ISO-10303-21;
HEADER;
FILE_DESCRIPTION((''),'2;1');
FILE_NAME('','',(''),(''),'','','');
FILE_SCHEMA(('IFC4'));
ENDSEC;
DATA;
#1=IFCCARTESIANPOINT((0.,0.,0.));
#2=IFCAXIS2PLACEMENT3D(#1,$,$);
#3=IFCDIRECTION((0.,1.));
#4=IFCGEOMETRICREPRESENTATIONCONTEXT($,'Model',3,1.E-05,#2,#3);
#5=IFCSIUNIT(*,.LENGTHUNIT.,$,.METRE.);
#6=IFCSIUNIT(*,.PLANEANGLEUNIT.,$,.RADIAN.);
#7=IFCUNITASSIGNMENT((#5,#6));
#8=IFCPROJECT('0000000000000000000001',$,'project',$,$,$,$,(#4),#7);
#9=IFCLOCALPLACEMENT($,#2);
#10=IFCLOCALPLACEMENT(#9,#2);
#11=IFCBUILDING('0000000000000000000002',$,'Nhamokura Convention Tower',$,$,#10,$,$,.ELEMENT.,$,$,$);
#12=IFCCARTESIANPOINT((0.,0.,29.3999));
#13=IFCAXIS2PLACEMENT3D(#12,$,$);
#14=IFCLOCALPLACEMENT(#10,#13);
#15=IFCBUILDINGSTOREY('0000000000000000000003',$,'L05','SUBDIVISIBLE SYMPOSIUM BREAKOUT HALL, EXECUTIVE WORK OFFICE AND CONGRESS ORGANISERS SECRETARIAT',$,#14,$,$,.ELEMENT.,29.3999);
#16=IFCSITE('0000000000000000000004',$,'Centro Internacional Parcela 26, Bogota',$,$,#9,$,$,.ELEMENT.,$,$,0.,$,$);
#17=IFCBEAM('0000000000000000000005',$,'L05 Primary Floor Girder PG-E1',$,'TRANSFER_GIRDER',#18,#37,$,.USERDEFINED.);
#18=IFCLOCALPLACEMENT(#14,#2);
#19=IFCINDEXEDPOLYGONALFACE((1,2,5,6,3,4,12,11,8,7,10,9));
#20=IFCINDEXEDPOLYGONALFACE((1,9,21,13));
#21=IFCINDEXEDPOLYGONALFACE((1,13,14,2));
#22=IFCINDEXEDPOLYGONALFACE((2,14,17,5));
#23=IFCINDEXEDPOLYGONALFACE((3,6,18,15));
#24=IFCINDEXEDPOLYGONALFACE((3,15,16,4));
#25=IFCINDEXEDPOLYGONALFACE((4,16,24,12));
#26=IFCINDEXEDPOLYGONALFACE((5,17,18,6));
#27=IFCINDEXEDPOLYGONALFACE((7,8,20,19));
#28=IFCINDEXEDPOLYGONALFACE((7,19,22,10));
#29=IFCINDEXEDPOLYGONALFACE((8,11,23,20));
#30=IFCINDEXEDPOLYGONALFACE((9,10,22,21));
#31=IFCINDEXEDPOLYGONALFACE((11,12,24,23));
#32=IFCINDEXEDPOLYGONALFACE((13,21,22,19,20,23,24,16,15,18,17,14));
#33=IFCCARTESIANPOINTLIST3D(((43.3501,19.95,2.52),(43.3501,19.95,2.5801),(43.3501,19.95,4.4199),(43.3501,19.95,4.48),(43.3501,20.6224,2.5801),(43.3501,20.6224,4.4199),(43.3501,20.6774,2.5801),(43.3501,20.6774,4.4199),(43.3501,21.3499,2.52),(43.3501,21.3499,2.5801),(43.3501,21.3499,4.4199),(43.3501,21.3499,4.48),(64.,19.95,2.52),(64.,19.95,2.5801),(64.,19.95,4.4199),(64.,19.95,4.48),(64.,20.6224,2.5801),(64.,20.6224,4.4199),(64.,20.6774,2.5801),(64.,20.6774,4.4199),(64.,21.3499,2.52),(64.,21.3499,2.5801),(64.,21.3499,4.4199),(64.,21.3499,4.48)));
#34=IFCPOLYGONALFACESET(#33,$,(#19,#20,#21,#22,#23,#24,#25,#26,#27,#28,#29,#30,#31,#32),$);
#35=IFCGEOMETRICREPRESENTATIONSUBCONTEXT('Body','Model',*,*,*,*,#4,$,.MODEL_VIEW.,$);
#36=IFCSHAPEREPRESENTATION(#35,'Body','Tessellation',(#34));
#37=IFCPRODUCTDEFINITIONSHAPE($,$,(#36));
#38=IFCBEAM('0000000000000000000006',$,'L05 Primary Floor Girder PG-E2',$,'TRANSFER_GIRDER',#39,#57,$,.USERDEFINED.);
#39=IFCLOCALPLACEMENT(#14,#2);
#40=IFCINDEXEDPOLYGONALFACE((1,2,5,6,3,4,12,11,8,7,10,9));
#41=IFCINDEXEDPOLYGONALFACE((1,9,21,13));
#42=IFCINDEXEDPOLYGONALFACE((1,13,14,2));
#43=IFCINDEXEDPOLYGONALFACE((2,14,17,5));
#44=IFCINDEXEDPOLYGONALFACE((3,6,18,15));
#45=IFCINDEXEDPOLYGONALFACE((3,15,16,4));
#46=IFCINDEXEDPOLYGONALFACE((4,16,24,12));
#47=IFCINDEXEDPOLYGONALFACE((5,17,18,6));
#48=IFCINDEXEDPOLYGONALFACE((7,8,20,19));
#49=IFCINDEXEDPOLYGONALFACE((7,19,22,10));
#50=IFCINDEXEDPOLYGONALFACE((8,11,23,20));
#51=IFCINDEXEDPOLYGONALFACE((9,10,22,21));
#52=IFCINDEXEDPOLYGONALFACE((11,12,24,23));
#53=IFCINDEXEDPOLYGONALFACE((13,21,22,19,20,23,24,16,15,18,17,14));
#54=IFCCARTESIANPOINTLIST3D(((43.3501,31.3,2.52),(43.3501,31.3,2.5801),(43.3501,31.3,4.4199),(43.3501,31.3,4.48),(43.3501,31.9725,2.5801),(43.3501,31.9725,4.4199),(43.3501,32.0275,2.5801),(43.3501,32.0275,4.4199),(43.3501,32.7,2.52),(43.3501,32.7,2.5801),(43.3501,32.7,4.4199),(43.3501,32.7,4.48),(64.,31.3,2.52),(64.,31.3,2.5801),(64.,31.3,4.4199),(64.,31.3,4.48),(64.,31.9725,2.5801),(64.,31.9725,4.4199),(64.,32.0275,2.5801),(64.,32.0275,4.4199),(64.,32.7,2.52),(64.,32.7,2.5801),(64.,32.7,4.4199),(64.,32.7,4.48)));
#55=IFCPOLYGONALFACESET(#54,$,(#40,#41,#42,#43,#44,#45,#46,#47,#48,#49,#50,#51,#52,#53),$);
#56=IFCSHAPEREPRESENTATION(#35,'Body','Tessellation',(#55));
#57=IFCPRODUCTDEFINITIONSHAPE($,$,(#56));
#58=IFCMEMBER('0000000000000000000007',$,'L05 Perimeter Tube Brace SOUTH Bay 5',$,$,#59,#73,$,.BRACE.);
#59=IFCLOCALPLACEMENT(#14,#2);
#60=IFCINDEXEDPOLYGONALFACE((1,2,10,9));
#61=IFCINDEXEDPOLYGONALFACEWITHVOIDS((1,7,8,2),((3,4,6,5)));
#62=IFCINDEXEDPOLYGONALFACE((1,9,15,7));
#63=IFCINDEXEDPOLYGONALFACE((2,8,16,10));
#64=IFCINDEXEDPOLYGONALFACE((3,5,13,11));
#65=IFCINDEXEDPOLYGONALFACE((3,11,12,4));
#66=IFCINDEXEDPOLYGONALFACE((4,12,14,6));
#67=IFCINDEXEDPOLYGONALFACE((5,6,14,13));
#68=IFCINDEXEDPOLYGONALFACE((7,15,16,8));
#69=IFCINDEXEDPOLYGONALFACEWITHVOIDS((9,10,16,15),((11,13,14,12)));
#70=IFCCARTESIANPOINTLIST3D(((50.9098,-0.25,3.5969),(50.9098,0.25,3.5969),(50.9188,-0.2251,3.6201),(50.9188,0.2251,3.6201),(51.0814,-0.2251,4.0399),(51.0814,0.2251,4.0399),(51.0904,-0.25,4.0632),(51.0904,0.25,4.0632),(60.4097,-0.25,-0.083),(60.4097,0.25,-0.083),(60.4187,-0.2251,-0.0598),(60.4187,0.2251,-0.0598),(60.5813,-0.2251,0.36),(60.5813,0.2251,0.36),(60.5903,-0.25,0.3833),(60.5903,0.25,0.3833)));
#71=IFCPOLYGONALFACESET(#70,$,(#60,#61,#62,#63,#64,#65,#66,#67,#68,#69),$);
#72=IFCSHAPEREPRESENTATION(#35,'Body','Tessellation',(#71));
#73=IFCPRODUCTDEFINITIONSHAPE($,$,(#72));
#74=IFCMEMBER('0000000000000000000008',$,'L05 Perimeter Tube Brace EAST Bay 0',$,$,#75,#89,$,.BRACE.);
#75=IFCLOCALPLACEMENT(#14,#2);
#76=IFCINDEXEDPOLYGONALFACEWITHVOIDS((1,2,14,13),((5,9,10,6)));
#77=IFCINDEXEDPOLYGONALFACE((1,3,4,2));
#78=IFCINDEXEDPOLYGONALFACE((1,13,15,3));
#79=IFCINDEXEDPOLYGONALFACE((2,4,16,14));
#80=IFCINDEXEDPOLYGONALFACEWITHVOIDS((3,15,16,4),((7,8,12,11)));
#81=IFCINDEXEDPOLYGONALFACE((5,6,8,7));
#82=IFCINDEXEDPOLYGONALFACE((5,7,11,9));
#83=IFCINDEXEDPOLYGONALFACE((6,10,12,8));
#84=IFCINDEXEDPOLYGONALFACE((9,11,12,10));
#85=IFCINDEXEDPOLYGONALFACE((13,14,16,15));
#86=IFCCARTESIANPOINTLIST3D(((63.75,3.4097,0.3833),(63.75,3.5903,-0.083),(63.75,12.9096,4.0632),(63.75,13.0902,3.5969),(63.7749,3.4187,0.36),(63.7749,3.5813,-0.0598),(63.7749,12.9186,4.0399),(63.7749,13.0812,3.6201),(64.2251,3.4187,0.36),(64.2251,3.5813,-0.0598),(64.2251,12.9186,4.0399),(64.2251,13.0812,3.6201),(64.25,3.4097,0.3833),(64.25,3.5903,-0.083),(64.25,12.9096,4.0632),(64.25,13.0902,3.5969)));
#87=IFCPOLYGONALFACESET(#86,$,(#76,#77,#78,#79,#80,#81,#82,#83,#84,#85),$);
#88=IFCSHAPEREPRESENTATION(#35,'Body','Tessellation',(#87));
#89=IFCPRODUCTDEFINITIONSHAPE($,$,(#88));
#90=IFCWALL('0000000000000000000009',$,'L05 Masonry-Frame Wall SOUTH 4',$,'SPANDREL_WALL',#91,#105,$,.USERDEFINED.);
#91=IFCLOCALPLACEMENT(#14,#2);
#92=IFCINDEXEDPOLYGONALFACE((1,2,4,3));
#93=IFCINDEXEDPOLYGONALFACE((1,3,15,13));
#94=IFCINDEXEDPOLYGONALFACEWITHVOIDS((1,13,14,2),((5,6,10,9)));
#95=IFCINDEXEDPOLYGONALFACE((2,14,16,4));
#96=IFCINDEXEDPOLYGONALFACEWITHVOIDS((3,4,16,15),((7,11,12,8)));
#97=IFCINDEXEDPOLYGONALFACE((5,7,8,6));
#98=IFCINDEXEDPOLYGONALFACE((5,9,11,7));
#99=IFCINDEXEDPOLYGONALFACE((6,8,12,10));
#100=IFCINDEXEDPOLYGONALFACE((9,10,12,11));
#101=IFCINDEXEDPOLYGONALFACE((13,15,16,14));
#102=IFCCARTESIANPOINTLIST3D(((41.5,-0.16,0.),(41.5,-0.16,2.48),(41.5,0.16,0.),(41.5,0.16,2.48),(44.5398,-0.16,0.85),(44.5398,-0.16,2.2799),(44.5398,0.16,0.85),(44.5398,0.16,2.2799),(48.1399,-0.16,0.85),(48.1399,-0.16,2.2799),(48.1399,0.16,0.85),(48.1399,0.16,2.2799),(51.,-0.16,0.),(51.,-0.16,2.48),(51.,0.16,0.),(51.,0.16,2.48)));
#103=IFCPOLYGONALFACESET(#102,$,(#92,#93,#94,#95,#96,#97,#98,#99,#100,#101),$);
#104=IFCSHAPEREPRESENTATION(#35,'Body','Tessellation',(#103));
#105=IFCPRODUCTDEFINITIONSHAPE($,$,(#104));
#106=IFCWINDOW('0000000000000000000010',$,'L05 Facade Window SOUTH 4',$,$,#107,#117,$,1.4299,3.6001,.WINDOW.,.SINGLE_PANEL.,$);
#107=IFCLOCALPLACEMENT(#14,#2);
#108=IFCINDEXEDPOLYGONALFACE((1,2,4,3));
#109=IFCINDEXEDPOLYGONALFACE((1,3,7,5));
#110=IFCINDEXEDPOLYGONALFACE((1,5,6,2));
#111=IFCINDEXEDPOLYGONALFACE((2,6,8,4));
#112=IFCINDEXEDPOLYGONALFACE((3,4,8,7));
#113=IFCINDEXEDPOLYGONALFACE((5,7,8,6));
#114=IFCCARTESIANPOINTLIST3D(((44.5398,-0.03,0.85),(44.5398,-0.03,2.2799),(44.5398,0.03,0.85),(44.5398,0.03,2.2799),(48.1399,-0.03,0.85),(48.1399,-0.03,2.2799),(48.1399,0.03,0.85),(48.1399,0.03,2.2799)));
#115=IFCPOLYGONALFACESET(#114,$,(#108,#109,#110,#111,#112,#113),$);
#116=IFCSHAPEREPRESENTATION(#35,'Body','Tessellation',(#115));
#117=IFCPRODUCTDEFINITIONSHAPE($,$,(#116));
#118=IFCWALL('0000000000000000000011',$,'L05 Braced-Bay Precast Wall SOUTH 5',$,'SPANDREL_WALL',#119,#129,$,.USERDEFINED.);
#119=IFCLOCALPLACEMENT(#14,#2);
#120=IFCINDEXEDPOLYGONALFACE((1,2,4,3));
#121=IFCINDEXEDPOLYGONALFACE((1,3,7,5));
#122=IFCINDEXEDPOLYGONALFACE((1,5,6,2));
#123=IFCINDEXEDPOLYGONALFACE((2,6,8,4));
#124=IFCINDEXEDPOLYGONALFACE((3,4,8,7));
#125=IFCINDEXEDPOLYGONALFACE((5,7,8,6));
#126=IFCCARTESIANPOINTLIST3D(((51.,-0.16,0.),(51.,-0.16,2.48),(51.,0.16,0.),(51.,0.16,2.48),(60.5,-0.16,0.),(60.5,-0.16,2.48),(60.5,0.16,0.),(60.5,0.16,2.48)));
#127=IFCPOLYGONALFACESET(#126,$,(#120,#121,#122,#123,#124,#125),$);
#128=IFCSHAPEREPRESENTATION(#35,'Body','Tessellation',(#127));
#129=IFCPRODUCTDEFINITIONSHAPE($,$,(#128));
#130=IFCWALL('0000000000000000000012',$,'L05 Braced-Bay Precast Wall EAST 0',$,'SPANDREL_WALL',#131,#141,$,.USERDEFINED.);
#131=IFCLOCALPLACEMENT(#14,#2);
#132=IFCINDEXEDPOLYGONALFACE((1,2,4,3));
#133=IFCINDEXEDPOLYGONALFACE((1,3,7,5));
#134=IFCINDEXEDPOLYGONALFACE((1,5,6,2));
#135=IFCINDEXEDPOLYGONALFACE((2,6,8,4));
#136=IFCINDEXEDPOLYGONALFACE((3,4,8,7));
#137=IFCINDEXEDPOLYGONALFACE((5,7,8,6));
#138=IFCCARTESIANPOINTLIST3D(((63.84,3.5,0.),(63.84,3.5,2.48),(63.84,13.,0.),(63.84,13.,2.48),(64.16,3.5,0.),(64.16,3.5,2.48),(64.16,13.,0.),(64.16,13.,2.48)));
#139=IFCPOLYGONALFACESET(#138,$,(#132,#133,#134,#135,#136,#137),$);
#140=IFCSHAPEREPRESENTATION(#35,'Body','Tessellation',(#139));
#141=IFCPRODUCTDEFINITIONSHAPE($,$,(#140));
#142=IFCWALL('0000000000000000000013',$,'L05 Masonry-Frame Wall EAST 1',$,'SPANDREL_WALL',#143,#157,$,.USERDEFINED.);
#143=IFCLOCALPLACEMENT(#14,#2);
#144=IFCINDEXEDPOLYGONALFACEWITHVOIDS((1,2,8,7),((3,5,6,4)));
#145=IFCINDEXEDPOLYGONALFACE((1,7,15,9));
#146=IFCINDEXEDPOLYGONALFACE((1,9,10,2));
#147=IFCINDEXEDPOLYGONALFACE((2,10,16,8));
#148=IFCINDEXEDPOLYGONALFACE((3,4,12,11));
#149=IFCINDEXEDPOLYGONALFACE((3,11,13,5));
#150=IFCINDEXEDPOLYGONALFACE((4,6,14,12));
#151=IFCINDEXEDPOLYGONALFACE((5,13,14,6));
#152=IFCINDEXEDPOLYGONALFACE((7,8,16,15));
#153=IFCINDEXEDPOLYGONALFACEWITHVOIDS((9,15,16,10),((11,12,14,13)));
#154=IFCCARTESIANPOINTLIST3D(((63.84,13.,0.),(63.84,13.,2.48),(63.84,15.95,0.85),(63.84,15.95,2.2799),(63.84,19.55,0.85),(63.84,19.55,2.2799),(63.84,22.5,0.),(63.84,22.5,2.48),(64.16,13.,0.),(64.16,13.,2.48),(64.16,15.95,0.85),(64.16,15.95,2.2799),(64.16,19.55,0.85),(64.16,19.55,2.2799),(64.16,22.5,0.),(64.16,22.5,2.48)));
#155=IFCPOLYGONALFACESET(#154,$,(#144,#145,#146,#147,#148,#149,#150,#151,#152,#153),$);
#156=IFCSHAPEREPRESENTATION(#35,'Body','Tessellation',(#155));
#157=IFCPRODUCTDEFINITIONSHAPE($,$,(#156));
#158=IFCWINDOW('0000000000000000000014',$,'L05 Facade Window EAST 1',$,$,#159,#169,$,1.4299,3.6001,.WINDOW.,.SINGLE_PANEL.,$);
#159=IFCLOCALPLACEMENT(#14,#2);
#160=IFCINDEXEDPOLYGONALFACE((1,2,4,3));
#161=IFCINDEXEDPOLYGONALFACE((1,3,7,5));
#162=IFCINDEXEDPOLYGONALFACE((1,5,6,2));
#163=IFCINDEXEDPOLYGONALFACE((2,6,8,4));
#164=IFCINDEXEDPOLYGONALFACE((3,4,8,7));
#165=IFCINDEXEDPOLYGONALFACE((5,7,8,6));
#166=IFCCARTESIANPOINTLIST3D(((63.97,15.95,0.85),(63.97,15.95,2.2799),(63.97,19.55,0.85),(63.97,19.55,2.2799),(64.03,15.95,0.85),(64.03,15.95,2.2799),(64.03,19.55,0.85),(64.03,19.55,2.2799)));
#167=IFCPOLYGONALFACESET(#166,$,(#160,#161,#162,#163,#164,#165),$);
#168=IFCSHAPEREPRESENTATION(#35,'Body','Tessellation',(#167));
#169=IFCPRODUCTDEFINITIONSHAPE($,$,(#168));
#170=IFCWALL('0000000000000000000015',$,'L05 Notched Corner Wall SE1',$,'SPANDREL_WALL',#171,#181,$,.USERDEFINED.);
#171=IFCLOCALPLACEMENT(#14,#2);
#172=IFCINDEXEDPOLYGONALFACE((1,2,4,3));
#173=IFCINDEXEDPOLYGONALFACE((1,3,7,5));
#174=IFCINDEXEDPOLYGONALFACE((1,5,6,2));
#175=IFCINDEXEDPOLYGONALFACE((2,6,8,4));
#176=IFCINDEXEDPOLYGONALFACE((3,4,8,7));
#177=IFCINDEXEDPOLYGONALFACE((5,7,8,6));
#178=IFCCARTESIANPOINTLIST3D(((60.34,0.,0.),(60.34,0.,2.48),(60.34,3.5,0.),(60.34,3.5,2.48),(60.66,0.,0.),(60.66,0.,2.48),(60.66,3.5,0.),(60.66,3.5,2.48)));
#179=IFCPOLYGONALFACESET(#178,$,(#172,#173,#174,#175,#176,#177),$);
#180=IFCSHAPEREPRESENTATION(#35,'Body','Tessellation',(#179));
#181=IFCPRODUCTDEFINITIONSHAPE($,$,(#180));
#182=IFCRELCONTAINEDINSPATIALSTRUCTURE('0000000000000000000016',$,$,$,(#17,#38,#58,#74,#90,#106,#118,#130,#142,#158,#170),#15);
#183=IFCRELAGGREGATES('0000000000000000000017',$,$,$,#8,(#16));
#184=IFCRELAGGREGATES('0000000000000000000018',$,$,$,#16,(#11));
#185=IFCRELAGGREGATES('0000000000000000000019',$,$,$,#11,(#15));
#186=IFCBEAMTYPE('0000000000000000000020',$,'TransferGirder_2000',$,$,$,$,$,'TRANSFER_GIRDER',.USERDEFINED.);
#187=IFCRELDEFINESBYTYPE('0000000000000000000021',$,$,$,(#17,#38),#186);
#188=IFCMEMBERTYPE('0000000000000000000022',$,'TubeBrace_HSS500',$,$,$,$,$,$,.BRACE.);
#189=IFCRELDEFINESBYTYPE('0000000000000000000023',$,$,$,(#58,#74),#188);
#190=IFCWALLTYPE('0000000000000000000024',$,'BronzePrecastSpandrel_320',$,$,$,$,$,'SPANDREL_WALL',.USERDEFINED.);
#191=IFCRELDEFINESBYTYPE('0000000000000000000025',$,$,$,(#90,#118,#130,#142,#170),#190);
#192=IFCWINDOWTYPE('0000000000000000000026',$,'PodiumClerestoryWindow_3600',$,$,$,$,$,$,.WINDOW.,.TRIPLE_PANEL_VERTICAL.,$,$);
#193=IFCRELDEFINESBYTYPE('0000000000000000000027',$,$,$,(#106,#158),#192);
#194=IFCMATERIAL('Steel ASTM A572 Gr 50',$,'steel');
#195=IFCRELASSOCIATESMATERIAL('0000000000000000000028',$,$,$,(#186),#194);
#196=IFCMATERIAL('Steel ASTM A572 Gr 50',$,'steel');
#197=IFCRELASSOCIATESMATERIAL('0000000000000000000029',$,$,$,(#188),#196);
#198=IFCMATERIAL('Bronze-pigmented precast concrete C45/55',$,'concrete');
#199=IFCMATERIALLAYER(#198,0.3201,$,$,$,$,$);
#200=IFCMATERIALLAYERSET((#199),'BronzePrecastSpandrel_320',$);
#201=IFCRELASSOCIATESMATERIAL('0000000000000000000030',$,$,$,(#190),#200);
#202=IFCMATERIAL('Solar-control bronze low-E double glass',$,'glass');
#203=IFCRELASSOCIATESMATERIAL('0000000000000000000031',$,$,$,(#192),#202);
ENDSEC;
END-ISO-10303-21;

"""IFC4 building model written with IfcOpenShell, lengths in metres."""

from ifc_helpers import new_model, si_unit, direction, frame, frame_2d, origin, origin_2d, place, context, subcontext, project, spatial, rectangle, hollow_rectangle, i_section, extrude, material, layer, layer_set, material_profile, profile_set, type_object, element, fill, save


model = new_model("IFC4")

# Units and contexts
model_context = context("Model", 3, precision=1e-05, world=origin(), true_north=direction((0.0, 1.0)))
body_context = subcontext(model_context, "Body", "Model", "MODEL_VIEW")
ifc_project = project(units=[si_unit("LENGTHUNIT", "METRE"), si_unit("PLANEANGLEUNIT", "RADIAN")], contexts=[model_context])

# Site, building, storey
site_placement = place(None, origin())
site = spatial("IfcSite", under=ifc_project, at=site_placement, Name="Centro Internacional Parcela 26, Bogota", CompositionType="ELEMENT", RefElevation=0.0)
building_placement = place(site_placement, origin())
building = spatial("IfcBuilding", under=site, at=building_placement, Name="Nhamokura Convention Tower", CompositionType="ELEMENT")
storey_placement = place(building_placement, frame((0.0, 0.0, 29.3999)))
storey = spatial("IfcBuildingStorey", under=building, at=storey_placement, Name="L05", Description="SUBDIVISIBLE SYMPOSIUM BREAKOUT HALL, EXECUTIVE WORK OFFICE AND CONGRESS ORGANISERS SECRETARIAT", CompositionType="ELEMENT", Elevation=29.3999)

# Beams
ifc_material_1 = material(Name="Steel ASTM A572 Gr 50", Category="steel")
ifc_material_profile_1 = material_profile(ifc_material_1, i_section(OverallWidth=1.3999, OverallDepth=1.96, WebThickness=0.0549, FlangeThickness=0.0601, at=origin_2d()))
ifc_profile_set_1 = profile_set([ifc_material_profile_1], Name="Steel ASTM A572 Gr 50")
beam_type_1 = type_object("IfcBeamType", Name="TransferGirder_2000", ElementType="TRANSFER_GIRDER", PredefinedType="USERDEFINED", material=ifc_profile_set_1)
for number, where, z_axis, x_axis, name in (
    (1, (43.3501, 20.6499, 3.5), (1.0, 0.0, 0.0), (0.0, 1.0, 0.0), "L05 Primary Floor Girder PG-E1"),
    (2, (43.3501, 32.0, 3.5), (1.0, 0.0, 0.0), (0.0, 1.0, 0.0), "L05 Primary Floor Girder PG-E2"),
):
    element("IfcBeam", number, at=place(storey_placement, frame(where, z_axis=z_axis, x_axis=x_axis)), inside=storey, type_object=beam_type_1, Name=name, ObjectType="TRANSFER_GIRDER", PredefinedType="USERDEFINED", context=body_context, shape_type="SweptSolid", body=[
        extrude(i_section(OverallWidth=1.3999, OverallDepth=1.96, WebThickness=0.0549, FlangeThickness=0.0601, at=origin_2d()), origin(), (0.0, 0.0, 1.0), 20.6499),
    ])

# Members
ifc_material_2 = material(Name="Steel ASTM A572 Gr 50", Category="steel")
ifc_material_profile_2 = material_profile(ifc_material_2, hollow_rectangle(XDim=0.5, YDim=0.5, WallThickness=0.0249, at=origin_2d()))
ifc_profile_set_2 = profile_set([ifc_material_profile_2], Name="Steel ASTM A572 Gr 50")
member_type = type_object("IfcMemberType", Name="TubeBrace_HSS500", PredefinedType="BRACE", material=ifc_profile_set_2)
for number, where, z_axis, x_axis, name in (
    (3, (60.5, 0.0, 0.1501), (-0.932485, 0.0, 0.361209), (0.0, -1.0, 0.0), "L05 Perimeter Tube Brace SOUTH Bay 5"),
    (4, (64.0, 3.5, 0.1501), (0.0, 0.932485, 0.361209), (-1.0, 0.0, 0.0), "L05 Perimeter Tube Brace EAST Bay 0"),
):
    element("IfcMember", number, at=place(storey_placement, frame(where, z_axis=z_axis, x_axis=x_axis)), inside=storey, type_object=member_type, Name=name, PredefinedType="BRACE", context=body_context, shape_type="SweptSolid", body=[
        extrude(hollow_rectangle(XDim=0.5, YDim=0.5, WallThickness=0.0249, at=origin_2d()), origin(), (0.0, 0.0, 1.0), 10.1877),
    ])

# Wall, opening, window
ifc_material_3 = material(Name="Bronze-pigmented precast concrete C45/55", Category="concrete")
ifc_layer_1 = layer(ifc_material_3, 0.3201)
ifc_layer_set_1 = layer_set([ifc_layer_1], Name="BronzePrecastSpandrel_320")
wall_type_1 = type_object("IfcWallType", Name="BronzePrecastSpandrel_320", ElementType="SPANDREL_WALL", PredefinedType="USERDEFINED", material=ifc_layer_set_1)
wall_1_placement = place(storey_placement, frame((51.0, 0.0, 0.0), z_axis=(0.0, 0.0, 1.0), x_axis=(-1.0, 0.0, 0.0)))
wall_1 = element("IfcWall", 5, at=wall_1_placement, inside=storey, type_object=wall_type_1, Name="L05 Masonry-Frame Wall SOUTH 4", ObjectType="SPANDREL_WALL", PredefinedType="USERDEFINED", context=body_context, shape_type="SweptSolid", body=[
    extrude(rectangle(XDim=9.5, YDim=0.3201, at=frame_2d((4.75, 0.0))), origin(), (0.0, 0.0, 1.0), 2.48),
])
opening_1_placement = place(wall_1_placement, frame((2.8601, 0.0, 0.8501)))
opening_1 = element("IfcOpeningElement", 6, at=opening_1_placement, cuts=wall_1, PredefinedType="OPENING", context=body_context, shape_type="SweptSolid", body=[
    extrude(rectangle(XDim=3.6001, YDim=1.4299, at=frame_2d((1.8, 0.7148))), frame((0.0, 0.1699, 0.0), z_axis=(0.0, -1.0, 0.0), x_axis=(1.0, 0.0, 0.0)), (0.0, 0.0, 1.0), 0.3401),
])
ifc_material_4 = material(Name="Solar-control bronze low-E double glass", Category="glass")
window_type = type_object("IfcWindowType", Name="PodiumClerestoryWindow_3600", PartitioningType="TRIPLE_PANEL_VERTICAL", PredefinedType="WINDOW", material=ifc_material_4)
window_1_placement = place(opening_1_placement, origin())
window_1 = element("IfcWindow", 7, at=window_1_placement, inside=storey, type_object=window_type, Name="L05 Facade Window SOUTH 4", OverallHeight=1.4299, OverallWidth=3.6001, PartitioningType="SINGLE_PANEL", PredefinedType="WINDOW", context=body_context, shape_type="SweptSolid", body=[
    extrude(rectangle(XDim=3.6001, YDim=1.4299, at=frame_2d((1.8, 0.7148))), frame((0.0, 0.03, 0.0), z_axis=(0.0, -1.0, 0.0), x_axis=(1.0, 0.0, 0.0)), (0.0, 0.0, 1.0), 0.0601),
])
fill(opening_1, window_1)

# Walls
for number, where, z_axis, x_axis, name in (
    (8, (60.5, 0.0, 0.0), (0.0, 0.0, 1.0), (-1.0, 0.0, 0.0), "L05 Braced-Bay Precast Wall SOUTH 5"),
    (9, (64.0, 13.0, 0.0), (0.0, 0.0, 1.0), (0.0, -1.0, 0.0), "L05 Braced-Bay Precast Wall EAST 0"),
):
    element("IfcWall", number, at=place(storey_placement, frame(where, z_axis=z_axis, x_axis=x_axis)), inside=storey, type_object=wall_type_1, Name=name, ObjectType="SPANDREL_WALL", PredefinedType="USERDEFINED", context=body_context, shape_type="SweptSolid", body=[
        extrude(rectangle(XDim=9.5, YDim=0.3201, at=frame_2d((4.75, 0.0))), origin(), (0.0, 0.0, 1.0), 2.48),
    ])

# Wall, opening, window
wall_2_placement = place(storey_placement, frame((64.0, 22.5, 0.0), z_axis=(0.0, 0.0, 1.0), x_axis=(0.0, -1.0, 0.0)))
wall_2 = element("IfcWall", 10, at=wall_2_placement, inside=storey, type_object=wall_type_1, Name="L05 Masonry-Frame Wall EAST 1", ObjectType="SPANDREL_WALL", PredefinedType="USERDEFINED", context=body_context, shape_type="SweptSolid", body=[
    extrude(rectangle(XDim=9.5, YDim=0.3201, at=frame_2d((4.75, 0.0))), origin(), (0.0, 0.0, 1.0), 2.48),
])
opening_2_placement = place(wall_2_placement, frame((2.95, 0.0, 0.8501)))
opening_2 = element("IfcOpeningElement", 11, at=opening_2_placement, cuts=wall_2, PredefinedType="OPENING", context=body_context, shape_type="SweptSolid", body=[
    extrude(rectangle(XDim=3.6001, YDim=1.4299, at=frame_2d((1.8, 0.7148))), frame((0.0, 0.1699, 0.0), z_axis=(0.0, -1.0, 0.0), x_axis=(1.0, 0.0, 0.0)), (0.0, 0.0, 1.0), 0.3401),
])
window_2_placement = place(opening_2_placement, origin())
window_2 = element("IfcWindow", 12, at=window_2_placement, inside=storey, type_object=window_type, Name="L05 Facade Window EAST 1", OverallHeight=1.4299, OverallWidth=3.6001, PartitioningType="SINGLE_PANEL", PredefinedType="WINDOW", context=body_context, shape_type="SweptSolid", body=[
    extrude(rectangle(XDim=3.6001, YDim=1.4299, at=frame_2d((1.8, 0.7148))), frame((0.0, 0.03, 0.0), z_axis=(0.0, -1.0, 0.0), x_axis=(1.0, 0.0, 0.0)), (0.0, 0.0, 1.0), 0.0601),
])
fill(opening_2, window_2)

# Wall
for number, where, z_axis, x_axis, name in (
    (13, (60.5, 3.5, 0.0), (0.0, 0.0, 1.0), (0.0, -1.0, 0.0), "L05 Notched Corner Wall SE1"),
):
    element("IfcWall", number, at=place(storey_placement, frame(where, z_axis=z_axis, x_axis=x_axis)), inside=storey, type_object=wall_type_1, Name=name, ObjectType="SPANDREL_WALL", PredefinedType="USERDEFINED", context=body_context, shape_type="SweptSolid", body=[
        extrude(rectangle(XDim=3.5, YDim=0.3201, at=frame_2d((1.75, 0.0))), origin(), (0.0, 0.0, 1.0), 2.48),
    ])

save(model, "model.ifc")
